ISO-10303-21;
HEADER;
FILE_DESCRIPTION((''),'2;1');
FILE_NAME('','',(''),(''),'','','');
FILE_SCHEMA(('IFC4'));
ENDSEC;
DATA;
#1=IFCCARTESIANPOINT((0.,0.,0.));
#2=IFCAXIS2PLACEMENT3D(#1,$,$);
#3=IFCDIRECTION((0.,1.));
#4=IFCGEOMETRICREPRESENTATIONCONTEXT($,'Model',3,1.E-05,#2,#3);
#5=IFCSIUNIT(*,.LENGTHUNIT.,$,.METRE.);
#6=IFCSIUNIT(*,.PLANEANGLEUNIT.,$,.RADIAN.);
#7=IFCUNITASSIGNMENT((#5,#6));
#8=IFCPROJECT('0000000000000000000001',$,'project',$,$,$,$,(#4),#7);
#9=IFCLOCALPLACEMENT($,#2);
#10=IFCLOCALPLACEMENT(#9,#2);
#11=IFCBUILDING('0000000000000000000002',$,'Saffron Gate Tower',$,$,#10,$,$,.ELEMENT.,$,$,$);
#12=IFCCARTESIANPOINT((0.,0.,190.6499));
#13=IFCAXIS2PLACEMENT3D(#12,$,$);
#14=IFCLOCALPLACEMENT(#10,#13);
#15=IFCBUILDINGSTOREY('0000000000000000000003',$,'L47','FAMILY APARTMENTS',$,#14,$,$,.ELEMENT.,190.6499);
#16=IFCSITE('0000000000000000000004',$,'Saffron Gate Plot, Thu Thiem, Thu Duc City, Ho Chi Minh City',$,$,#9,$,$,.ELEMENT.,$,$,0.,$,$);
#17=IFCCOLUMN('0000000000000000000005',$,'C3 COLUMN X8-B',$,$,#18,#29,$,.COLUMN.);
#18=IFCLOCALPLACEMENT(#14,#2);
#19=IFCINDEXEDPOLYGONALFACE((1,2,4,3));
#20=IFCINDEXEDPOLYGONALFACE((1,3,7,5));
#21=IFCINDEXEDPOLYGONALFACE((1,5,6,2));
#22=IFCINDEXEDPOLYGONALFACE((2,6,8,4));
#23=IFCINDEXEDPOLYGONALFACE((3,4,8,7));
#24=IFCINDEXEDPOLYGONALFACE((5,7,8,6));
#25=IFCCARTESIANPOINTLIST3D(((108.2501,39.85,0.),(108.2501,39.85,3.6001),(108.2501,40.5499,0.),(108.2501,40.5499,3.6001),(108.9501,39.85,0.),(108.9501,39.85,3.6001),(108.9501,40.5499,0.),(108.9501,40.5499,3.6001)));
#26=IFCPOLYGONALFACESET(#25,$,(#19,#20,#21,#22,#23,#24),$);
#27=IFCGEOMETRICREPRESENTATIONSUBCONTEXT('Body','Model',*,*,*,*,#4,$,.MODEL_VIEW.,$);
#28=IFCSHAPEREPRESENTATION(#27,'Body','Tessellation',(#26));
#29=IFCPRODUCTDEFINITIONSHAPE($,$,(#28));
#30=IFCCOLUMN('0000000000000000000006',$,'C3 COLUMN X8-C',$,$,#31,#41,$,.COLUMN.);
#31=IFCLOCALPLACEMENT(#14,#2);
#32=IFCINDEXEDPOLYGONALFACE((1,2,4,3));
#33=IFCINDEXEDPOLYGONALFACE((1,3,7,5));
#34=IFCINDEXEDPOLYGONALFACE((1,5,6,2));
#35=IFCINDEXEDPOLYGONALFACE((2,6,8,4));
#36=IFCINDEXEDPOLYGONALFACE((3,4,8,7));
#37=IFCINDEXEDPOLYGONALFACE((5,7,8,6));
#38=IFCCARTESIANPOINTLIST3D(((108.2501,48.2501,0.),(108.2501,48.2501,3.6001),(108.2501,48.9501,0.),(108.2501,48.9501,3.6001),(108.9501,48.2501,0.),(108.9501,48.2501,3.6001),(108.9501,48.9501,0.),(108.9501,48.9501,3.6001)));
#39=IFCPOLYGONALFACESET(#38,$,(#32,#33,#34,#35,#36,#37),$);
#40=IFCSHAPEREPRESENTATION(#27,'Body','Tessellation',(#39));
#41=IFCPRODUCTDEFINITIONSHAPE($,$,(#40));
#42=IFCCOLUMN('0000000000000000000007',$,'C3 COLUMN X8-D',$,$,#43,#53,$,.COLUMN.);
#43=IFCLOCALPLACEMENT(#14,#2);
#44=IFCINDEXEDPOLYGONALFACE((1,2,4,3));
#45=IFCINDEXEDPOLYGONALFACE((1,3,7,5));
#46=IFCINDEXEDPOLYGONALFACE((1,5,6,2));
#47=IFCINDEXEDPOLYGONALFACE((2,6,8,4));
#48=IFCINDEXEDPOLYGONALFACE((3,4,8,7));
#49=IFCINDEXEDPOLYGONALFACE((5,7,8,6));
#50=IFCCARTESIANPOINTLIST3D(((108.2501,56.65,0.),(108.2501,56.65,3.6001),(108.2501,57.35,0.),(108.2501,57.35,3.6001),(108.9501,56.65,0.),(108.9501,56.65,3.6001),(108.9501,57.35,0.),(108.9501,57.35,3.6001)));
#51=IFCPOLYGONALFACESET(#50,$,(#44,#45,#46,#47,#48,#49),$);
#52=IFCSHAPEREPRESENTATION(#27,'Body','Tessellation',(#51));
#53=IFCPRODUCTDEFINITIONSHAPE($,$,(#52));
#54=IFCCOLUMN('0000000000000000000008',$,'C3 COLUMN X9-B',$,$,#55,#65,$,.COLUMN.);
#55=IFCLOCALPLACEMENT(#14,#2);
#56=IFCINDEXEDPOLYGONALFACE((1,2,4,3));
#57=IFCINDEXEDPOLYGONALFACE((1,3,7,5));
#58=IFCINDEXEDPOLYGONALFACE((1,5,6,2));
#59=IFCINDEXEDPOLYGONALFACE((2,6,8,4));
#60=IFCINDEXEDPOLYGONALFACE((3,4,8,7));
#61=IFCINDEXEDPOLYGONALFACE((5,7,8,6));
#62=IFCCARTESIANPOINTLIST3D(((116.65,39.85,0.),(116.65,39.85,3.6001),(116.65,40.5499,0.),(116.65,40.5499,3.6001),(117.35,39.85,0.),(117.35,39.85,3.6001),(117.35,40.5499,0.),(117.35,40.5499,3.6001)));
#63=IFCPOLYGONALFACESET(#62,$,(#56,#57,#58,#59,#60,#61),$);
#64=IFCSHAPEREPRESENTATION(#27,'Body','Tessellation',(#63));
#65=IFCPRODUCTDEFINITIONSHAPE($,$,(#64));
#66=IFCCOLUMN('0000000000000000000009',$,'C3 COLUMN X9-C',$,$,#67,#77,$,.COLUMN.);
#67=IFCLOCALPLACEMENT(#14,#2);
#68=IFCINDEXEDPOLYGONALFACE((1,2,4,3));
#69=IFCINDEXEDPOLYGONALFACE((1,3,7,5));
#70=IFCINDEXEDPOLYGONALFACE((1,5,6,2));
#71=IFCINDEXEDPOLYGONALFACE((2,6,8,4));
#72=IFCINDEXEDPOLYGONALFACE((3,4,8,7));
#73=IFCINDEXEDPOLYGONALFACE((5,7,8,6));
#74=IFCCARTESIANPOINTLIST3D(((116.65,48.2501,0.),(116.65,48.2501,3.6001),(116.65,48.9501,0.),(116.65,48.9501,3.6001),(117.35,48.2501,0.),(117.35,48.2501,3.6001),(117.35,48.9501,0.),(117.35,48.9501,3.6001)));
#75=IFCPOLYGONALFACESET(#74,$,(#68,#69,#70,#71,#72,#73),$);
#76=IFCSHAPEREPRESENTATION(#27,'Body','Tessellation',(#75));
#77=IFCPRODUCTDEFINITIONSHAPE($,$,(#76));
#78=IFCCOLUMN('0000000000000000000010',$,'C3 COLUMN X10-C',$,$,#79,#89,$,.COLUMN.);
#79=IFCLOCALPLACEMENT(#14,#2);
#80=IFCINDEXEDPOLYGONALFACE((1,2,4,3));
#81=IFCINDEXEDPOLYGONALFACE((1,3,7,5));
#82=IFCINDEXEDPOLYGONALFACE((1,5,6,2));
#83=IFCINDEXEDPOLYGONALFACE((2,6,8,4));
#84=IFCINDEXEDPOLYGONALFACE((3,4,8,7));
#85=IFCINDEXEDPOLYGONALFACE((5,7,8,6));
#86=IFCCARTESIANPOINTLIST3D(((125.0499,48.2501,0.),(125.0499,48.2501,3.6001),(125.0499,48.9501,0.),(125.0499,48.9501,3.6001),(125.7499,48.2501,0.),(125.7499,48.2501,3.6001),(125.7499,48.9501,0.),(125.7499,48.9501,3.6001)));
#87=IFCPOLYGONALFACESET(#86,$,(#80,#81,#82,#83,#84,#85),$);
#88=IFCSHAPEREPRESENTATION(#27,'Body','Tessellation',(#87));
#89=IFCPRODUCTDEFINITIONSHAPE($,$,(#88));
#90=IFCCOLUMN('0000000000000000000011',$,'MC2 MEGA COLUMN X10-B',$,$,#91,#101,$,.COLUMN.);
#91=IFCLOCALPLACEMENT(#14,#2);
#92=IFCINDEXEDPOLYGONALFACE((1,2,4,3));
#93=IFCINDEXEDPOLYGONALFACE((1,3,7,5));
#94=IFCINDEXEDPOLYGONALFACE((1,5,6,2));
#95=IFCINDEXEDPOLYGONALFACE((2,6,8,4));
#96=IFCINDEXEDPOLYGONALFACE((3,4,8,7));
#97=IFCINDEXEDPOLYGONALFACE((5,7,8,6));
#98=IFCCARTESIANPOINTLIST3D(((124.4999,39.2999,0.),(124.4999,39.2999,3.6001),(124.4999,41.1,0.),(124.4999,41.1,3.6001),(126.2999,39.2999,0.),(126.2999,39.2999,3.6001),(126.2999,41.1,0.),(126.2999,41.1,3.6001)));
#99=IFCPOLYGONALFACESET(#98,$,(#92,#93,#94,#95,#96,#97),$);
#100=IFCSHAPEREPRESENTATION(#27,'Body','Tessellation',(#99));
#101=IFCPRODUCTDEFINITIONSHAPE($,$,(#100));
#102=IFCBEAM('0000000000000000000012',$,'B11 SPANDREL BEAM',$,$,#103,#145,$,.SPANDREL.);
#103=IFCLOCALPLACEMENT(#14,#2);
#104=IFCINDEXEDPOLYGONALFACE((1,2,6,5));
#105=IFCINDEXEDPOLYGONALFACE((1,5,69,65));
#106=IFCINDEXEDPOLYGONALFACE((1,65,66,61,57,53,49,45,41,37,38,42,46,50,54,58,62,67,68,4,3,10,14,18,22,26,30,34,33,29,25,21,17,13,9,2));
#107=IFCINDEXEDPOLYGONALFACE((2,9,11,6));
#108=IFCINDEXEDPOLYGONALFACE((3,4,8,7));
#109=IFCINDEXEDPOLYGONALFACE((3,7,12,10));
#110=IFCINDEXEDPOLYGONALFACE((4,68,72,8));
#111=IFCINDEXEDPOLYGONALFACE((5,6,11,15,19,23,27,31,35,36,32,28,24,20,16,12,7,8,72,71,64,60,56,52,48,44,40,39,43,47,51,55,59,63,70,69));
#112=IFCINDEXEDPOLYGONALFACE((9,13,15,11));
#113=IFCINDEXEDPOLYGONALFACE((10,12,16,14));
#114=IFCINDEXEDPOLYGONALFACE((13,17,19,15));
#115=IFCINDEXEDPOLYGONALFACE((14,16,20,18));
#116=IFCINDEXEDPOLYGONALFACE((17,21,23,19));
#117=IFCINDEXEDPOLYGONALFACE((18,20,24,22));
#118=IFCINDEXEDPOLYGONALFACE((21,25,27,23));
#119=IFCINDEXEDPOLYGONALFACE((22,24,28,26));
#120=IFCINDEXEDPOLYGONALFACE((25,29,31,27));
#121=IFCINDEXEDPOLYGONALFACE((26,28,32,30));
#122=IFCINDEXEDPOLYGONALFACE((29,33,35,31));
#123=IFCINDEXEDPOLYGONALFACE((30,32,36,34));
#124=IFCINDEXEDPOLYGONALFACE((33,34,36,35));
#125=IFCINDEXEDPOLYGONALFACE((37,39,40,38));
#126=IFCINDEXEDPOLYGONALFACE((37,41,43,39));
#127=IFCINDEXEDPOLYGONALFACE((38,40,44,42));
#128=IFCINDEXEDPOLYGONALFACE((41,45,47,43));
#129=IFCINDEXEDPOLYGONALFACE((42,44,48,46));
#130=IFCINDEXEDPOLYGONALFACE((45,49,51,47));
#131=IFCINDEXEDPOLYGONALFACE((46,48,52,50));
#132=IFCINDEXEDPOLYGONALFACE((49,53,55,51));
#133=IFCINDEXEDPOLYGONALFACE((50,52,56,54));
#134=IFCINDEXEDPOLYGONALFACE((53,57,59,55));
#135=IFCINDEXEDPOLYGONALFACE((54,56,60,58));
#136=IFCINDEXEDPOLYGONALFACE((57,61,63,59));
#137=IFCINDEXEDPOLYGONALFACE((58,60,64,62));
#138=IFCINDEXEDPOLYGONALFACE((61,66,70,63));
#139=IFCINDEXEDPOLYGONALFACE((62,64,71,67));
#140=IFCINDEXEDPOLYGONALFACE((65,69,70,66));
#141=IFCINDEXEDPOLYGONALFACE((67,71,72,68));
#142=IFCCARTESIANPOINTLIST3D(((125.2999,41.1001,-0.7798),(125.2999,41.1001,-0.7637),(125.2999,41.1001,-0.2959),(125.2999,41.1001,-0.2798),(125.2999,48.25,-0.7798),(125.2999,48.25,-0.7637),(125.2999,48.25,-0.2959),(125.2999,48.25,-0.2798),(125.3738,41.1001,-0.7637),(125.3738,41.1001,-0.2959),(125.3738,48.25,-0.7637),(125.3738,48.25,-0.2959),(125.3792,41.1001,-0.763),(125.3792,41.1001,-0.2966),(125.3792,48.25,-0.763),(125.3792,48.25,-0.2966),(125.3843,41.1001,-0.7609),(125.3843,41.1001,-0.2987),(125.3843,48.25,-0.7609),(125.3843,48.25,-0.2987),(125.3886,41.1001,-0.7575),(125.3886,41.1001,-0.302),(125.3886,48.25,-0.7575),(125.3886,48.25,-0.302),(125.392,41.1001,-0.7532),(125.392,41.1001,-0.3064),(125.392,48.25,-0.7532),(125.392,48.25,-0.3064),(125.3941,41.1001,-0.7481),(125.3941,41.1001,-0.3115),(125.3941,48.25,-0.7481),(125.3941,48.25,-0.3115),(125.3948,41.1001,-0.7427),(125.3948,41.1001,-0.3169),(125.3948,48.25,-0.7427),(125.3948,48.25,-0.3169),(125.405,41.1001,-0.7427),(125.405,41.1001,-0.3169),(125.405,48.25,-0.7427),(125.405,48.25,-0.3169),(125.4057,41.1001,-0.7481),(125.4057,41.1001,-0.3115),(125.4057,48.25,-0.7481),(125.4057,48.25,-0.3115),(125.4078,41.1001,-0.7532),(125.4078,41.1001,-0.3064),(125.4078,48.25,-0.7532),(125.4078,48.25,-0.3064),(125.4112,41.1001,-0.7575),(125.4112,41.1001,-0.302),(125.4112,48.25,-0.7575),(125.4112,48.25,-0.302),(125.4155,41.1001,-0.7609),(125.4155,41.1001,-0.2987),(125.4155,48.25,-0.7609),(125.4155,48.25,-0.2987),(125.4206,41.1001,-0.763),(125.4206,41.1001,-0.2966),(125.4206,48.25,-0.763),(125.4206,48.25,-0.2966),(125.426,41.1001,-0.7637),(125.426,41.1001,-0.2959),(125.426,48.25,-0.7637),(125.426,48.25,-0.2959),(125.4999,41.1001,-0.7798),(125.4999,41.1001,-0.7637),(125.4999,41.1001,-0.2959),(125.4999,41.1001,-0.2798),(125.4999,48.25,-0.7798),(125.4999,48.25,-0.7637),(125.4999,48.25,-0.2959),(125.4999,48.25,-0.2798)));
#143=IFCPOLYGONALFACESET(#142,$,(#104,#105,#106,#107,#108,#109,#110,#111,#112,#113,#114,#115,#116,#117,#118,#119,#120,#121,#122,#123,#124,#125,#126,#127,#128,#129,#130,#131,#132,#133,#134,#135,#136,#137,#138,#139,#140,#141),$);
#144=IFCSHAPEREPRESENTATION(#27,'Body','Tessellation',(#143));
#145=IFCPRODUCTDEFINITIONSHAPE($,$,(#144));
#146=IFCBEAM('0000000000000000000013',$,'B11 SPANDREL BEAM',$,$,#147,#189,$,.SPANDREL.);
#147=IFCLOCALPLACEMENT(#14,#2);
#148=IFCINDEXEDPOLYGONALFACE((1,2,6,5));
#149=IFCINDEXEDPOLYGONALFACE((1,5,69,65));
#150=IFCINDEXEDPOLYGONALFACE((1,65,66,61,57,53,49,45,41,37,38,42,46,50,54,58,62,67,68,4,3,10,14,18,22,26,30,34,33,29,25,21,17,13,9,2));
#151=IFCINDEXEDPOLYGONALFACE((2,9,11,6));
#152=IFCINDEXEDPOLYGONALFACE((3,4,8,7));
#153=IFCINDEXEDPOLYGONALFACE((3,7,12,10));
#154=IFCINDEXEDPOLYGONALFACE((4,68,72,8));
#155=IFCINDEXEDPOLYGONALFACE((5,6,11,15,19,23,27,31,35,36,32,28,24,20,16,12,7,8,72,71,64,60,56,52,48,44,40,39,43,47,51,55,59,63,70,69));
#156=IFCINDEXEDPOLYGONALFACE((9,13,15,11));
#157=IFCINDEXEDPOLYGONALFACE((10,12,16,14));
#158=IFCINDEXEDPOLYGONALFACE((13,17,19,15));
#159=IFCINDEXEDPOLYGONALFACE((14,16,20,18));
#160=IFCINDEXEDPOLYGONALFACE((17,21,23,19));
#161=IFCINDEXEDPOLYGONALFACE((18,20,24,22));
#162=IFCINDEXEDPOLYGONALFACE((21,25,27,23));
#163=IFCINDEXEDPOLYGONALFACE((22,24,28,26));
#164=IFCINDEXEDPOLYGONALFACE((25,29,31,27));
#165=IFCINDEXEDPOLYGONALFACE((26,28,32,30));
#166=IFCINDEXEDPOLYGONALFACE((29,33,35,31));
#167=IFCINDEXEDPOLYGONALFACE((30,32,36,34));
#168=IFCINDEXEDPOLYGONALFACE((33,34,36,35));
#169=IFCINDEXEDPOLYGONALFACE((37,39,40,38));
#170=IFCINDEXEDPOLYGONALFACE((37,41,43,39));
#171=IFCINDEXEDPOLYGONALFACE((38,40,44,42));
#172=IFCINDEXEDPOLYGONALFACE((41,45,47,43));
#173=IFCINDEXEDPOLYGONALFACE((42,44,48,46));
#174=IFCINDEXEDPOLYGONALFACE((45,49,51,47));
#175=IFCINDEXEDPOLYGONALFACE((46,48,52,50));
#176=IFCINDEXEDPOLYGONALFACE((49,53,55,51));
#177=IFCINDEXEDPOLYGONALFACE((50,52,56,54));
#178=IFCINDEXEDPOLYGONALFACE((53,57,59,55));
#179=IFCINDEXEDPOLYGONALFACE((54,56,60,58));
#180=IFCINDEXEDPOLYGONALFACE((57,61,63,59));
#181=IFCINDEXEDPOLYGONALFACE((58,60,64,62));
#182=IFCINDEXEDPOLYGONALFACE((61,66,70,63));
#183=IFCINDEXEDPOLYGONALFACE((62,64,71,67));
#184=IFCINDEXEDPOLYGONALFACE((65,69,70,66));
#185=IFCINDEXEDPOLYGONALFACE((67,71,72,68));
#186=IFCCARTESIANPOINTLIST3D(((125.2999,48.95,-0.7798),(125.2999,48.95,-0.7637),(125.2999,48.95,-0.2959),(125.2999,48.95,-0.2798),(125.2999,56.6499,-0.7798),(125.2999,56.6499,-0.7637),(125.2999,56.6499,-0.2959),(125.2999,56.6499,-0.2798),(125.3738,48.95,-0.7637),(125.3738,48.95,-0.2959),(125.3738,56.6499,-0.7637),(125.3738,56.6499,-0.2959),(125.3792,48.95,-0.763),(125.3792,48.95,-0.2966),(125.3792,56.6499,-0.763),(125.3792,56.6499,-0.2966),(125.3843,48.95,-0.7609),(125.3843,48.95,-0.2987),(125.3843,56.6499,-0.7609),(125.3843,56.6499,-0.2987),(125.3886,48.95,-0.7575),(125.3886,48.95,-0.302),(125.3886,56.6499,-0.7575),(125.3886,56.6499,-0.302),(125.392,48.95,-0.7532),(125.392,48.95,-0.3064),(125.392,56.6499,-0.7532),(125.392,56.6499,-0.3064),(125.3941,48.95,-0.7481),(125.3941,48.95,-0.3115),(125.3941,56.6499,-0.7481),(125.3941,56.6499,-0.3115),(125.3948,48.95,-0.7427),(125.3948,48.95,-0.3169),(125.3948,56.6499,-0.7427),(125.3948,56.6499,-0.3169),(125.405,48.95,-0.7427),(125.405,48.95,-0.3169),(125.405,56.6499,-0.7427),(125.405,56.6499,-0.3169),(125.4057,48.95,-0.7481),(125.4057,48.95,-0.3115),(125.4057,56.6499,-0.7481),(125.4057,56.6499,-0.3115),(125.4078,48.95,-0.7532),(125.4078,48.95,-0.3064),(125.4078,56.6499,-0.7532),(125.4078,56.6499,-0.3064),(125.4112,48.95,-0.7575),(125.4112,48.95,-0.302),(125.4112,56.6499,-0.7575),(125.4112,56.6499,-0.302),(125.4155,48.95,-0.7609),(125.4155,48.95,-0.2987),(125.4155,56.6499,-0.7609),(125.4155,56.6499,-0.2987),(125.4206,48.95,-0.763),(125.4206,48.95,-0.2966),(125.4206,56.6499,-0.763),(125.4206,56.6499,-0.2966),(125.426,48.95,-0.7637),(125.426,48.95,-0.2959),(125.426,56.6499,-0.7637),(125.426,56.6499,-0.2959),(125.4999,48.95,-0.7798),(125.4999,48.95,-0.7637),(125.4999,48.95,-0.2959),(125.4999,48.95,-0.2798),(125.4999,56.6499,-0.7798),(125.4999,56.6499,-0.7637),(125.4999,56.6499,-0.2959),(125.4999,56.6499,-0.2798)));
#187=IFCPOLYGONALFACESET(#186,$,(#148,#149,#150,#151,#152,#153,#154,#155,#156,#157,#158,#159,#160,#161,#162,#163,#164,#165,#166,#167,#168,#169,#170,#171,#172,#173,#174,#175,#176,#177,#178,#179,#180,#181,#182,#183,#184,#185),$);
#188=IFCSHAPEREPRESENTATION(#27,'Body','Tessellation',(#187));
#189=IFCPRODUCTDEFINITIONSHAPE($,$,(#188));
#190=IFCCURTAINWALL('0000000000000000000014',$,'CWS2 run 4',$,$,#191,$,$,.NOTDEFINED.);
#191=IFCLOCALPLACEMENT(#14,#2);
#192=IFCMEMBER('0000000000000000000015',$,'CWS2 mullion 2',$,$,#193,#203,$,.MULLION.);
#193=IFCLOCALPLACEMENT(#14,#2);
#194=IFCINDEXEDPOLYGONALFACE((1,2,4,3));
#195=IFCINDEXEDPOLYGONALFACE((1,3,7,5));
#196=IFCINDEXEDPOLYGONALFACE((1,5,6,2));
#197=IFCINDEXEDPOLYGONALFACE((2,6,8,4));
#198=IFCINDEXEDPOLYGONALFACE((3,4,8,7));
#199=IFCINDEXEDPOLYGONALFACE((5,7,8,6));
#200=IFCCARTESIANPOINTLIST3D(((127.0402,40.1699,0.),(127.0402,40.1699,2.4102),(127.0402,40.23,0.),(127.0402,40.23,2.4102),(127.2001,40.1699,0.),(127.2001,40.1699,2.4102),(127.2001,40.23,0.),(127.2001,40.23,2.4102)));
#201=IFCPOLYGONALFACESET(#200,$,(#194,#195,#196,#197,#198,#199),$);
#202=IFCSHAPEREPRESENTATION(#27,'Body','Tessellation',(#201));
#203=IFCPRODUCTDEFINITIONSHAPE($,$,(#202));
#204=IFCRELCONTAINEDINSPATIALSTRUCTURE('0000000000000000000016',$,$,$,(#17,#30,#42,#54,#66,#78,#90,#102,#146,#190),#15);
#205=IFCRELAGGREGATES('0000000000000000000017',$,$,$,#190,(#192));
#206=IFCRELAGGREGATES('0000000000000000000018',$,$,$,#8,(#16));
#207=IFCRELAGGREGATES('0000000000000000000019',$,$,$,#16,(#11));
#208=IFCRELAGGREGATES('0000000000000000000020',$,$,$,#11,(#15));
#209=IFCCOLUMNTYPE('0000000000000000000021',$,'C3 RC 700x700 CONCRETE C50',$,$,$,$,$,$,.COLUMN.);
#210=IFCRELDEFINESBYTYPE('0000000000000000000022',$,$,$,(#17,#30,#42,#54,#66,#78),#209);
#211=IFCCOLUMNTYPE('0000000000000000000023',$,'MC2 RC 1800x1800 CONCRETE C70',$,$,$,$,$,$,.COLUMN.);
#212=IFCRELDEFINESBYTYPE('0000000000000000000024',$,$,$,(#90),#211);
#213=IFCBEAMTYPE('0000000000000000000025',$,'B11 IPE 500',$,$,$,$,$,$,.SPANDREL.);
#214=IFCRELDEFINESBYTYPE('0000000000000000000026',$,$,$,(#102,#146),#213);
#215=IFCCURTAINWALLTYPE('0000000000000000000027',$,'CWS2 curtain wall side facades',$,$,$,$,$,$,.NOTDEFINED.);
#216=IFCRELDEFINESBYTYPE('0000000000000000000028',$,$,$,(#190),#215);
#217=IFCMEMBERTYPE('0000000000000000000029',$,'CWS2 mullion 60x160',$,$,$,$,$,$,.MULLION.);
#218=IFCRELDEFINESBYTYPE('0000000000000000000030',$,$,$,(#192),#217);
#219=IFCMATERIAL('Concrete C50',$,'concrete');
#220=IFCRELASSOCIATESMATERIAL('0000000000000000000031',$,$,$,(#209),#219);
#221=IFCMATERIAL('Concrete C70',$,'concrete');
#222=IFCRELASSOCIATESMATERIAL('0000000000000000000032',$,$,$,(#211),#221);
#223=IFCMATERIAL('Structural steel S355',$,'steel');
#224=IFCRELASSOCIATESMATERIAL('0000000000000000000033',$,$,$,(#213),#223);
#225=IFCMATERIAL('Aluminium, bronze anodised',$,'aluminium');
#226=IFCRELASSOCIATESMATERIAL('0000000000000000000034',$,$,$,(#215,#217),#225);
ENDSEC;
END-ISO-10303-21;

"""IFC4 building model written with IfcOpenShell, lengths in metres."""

from ifc_helpers import new_model, si_unit, direction, frame, origin, origin_2d, place, context, subcontext, project, spatial, rectangle, i_section, extrude, material, material_profile, profile_set, type_object, element, aggregate, save


model = new_model("IFC4")

# Units and contexts
model_context = context("Model", 3, precision=1e-05, world=origin(), true_north=direction((0.0, 1.0)))
body_context = subcontext(model_context, "Body", "Model", "MODEL_VIEW")
ifc_project = project(units=[si_unit("LENGTHUNIT", "METRE"), si_unit("PLANEANGLEUNIT", "RADIAN")], contexts=[model_context])

# Site, building, storey
site_placement = place(None, origin())
site = spatial("IfcSite", under=ifc_project, at=site_placement, Name="Saffron Gate Plot, Thu Thiem, Thu Duc City, Ho Chi Minh City", CompositionType="ELEMENT", RefElevation=0.0)
building_placement = place(site_placement, origin())
building = spatial("IfcBuilding", under=site, at=building_placement, Name="Saffron Gate Tower", CompositionType="ELEMENT")
storey_placement = place(building_placement, frame((0.0, 0.0, 190.6499)))
storey = spatial("IfcBuildingStorey", under=building, at=storey_placement, Name="L47", Description="FAMILY APARTMENTS", CompositionType="ELEMENT", Elevation=190.6499)

# Columns
ifc_material_1 = material(Name="Concrete C50", Category="concrete")
ifc_material_profile_1 = material_profile(ifc_material_1, rectangle(XDim=0.7, YDim=0.7, at=origin_2d()))
ifc_profile_set_1 = profile_set([ifc_material_profile_1], Name="Concrete C50")
column_type_1 = type_object("IfcColumnType", Name="C3 RC 700x700 CONCRETE C50", PredefinedType="COLUMN", material=ifc_profile_set_1)
for number, where, z_axis, x_axis, name in (
    (1, (108.6001, 40.2, 0.0), (0.0, 0.0, 1.0), (1.0, 0.0, 0.0), "C3 COLUMN X8-B"),
    (2, (108.6001, 48.6001, 0.0), (0.0, 0.0, 1.0), (1.0, 0.0, 0.0), "C3 COLUMN X8-C"),
    (3, (108.6001, 57.0, 0.0), (0.0, 0.0, 1.0), (1.0, 0.0, 0.0), "C3 COLUMN X8-D"),
    (4, (117.0, 40.2, 0.0), (0.0, 0.0, 1.0), (1.0, 0.0, 0.0), "C3 COLUMN X9-B"),
    (5, (117.0, 48.6001, 0.0), (0.0, 0.0, 1.0), (1.0, 0.0, 0.0), "C3 COLUMN X9-C"),
    (6, (125.3999, 48.6001, 0.0), (0.0, 0.0, 1.0), (1.0, 0.0, 0.0), "C3 COLUMN X10-C"),
):
    element("IfcColumn", number, at=place(storey_placement, frame(where, z_axis=z_axis, x_axis=x_axis)), inside=storey, type_object=column_type_1, Name=name, PredefinedType="COLUMN", context=body_context, shape_type="SweptSolid", body=[
        extrude(rectangle(XDim=0.7, YDim=0.7, at=origin_2d()), origin(), (0.0, 0.0, 1.0), 3.6001),
    ])
ifc_material_2 = material(Name="Concrete C70", Category="concrete")
ifc_material_profile_2 = material_profile(ifc_material_2, rectangle(XDim=1.8, YDim=1.8, at=origin_2d()))
ifc_profile_set_2 = profile_set([ifc_material_profile_2], Name="Concrete C70")
column_type_2 = type_object("IfcColumnType", Name="MC2 RC 1800x1800 CONCRETE C70", PredefinedType="COLUMN", material=ifc_profile_set_2)
column_placement = place(storey_placement, frame((125.3999, 40.2, 0.0), z_axis=(0.0, 0.0, 1.0), x_axis=(1.0, 0.0, 0.0)))
element("IfcColumn", 7, at=column_placement, inside=storey, type_object=column_type_2, Name="MC2 MEGA COLUMN X10-B", PredefinedType="COLUMN", context=body_context, shape_type="SweptSolid", body=[
    extrude(rectangle(XDim=1.8, YDim=1.8, at=origin_2d()), origin(), (0.0, 0.0, 1.0), 3.6001),
])

# Beams
ifc_material_3 = material(Name="Structural steel S355", Category="steel")
ifc_material_profile_3 = material_profile(ifc_material_3, i_section(OverallWidth=0.2, OverallDepth=0.5, WebThickness=0.0103, FlangeThickness=0.0161, FilletRadius=0.021, at=origin_2d()))
ifc_profile_set_3 = profile_set([ifc_material_profile_3], Name="Structural steel S355")
beam_type = type_object("IfcBeamType", Name="B11 IPE 500", PredefinedType="SPANDREL", material=ifc_profile_set_3)
beam_1_placement = place(storey_placement, frame((125.3999, 41.1001, -0.5298), z_axis=(0.0, 1.0, 0.0), x_axis=(-1.0, 0.0, 0.0)))
element("IfcBeam", 8, at=beam_1_placement, inside=storey, type_object=beam_type, Name="B11 SPANDREL BEAM", PredefinedType="SPANDREL", context=body_context, shape_type="SweptSolid", body=[
    extrude(i_section(OverallWidth=0.2, OverallDepth=0.5, WebThickness=0.0103, FlangeThickness=0.0161, FilletRadius=0.021, at=origin_2d()), origin(), (0.0, 0.0, 1.0), 7.1499),
])
beam_2_placement = place(storey_placement, frame((125.3999, 48.95, -0.5298), z_axis=(0.0, 1.0, 0.0), x_axis=(-1.0, 0.0, 0.0)))
element("IfcBeam", 9, at=beam_2_placement, inside=storey, type_object=beam_type, Name="B11 SPANDREL BEAM", PredefinedType="SPANDREL", context=body_context, shape_type="SweptSolid", body=[
    extrude(i_section(OverallWidth=0.2, OverallDepth=0.5, WebThickness=0.0103, FlangeThickness=0.0161, FilletRadius=0.021, at=origin_2d()), origin(), (0.0, 0.0, 1.0), 7.7),
])

# Curtain wall, member
ifc_material_4 = material(Name="Aluminium, bronze anodised", Category="aluminium")
curtain_wall_type = type_object("IfcCurtainWallType", Name="CWS2 curtain wall side facades", PredefinedType="NOTDEFINED", material=ifc_material_4)
curtain_wall_placement = place(storey_placement, origin())
curtain_wall = element("IfcCurtainWall", 10, at=curtain_wall_placement, inside=storey, type_object=curtain_wall_type, Name="CWS2 run 4", PredefinedType="NOTDEFINED")
ifc_material_profile_4 = material_profile(ifc_material_4, rectangle(XDim=0.1599, YDim=0.0601, at=origin_2d()))
ifc_profile_set_4 = profile_set([ifc_material_profile_4], Name="Aluminium, bronze anodised")
member_type = type_object("IfcMemberType", Name="CWS2 mullion 60x160", PredefinedType="MULLION", material=ifc_profile_set_4)
member_1_placement = place(storey_placement, frame((127.1201, 40.2, 0.0), z_axis=(0.0, 0.0, 1.0), x_axis=(-1.0, 0.0, 0.0)))
member_1 = element("IfcMember", 11, at=member_1_placement, type_object=member_type, Name="CWS2 mullion 2", PredefinedType="MULLION", context=body_context, shape_type="SweptSolid", body=[
    extrude(rectangle(XDim=0.1599, YDim=0.0601, at=origin_2d()), origin(), (0.0, 0.0, 1.0), 2.4102),
])
aggregate(curtain_wall, [member_1])

save(model, "model.ifc")
